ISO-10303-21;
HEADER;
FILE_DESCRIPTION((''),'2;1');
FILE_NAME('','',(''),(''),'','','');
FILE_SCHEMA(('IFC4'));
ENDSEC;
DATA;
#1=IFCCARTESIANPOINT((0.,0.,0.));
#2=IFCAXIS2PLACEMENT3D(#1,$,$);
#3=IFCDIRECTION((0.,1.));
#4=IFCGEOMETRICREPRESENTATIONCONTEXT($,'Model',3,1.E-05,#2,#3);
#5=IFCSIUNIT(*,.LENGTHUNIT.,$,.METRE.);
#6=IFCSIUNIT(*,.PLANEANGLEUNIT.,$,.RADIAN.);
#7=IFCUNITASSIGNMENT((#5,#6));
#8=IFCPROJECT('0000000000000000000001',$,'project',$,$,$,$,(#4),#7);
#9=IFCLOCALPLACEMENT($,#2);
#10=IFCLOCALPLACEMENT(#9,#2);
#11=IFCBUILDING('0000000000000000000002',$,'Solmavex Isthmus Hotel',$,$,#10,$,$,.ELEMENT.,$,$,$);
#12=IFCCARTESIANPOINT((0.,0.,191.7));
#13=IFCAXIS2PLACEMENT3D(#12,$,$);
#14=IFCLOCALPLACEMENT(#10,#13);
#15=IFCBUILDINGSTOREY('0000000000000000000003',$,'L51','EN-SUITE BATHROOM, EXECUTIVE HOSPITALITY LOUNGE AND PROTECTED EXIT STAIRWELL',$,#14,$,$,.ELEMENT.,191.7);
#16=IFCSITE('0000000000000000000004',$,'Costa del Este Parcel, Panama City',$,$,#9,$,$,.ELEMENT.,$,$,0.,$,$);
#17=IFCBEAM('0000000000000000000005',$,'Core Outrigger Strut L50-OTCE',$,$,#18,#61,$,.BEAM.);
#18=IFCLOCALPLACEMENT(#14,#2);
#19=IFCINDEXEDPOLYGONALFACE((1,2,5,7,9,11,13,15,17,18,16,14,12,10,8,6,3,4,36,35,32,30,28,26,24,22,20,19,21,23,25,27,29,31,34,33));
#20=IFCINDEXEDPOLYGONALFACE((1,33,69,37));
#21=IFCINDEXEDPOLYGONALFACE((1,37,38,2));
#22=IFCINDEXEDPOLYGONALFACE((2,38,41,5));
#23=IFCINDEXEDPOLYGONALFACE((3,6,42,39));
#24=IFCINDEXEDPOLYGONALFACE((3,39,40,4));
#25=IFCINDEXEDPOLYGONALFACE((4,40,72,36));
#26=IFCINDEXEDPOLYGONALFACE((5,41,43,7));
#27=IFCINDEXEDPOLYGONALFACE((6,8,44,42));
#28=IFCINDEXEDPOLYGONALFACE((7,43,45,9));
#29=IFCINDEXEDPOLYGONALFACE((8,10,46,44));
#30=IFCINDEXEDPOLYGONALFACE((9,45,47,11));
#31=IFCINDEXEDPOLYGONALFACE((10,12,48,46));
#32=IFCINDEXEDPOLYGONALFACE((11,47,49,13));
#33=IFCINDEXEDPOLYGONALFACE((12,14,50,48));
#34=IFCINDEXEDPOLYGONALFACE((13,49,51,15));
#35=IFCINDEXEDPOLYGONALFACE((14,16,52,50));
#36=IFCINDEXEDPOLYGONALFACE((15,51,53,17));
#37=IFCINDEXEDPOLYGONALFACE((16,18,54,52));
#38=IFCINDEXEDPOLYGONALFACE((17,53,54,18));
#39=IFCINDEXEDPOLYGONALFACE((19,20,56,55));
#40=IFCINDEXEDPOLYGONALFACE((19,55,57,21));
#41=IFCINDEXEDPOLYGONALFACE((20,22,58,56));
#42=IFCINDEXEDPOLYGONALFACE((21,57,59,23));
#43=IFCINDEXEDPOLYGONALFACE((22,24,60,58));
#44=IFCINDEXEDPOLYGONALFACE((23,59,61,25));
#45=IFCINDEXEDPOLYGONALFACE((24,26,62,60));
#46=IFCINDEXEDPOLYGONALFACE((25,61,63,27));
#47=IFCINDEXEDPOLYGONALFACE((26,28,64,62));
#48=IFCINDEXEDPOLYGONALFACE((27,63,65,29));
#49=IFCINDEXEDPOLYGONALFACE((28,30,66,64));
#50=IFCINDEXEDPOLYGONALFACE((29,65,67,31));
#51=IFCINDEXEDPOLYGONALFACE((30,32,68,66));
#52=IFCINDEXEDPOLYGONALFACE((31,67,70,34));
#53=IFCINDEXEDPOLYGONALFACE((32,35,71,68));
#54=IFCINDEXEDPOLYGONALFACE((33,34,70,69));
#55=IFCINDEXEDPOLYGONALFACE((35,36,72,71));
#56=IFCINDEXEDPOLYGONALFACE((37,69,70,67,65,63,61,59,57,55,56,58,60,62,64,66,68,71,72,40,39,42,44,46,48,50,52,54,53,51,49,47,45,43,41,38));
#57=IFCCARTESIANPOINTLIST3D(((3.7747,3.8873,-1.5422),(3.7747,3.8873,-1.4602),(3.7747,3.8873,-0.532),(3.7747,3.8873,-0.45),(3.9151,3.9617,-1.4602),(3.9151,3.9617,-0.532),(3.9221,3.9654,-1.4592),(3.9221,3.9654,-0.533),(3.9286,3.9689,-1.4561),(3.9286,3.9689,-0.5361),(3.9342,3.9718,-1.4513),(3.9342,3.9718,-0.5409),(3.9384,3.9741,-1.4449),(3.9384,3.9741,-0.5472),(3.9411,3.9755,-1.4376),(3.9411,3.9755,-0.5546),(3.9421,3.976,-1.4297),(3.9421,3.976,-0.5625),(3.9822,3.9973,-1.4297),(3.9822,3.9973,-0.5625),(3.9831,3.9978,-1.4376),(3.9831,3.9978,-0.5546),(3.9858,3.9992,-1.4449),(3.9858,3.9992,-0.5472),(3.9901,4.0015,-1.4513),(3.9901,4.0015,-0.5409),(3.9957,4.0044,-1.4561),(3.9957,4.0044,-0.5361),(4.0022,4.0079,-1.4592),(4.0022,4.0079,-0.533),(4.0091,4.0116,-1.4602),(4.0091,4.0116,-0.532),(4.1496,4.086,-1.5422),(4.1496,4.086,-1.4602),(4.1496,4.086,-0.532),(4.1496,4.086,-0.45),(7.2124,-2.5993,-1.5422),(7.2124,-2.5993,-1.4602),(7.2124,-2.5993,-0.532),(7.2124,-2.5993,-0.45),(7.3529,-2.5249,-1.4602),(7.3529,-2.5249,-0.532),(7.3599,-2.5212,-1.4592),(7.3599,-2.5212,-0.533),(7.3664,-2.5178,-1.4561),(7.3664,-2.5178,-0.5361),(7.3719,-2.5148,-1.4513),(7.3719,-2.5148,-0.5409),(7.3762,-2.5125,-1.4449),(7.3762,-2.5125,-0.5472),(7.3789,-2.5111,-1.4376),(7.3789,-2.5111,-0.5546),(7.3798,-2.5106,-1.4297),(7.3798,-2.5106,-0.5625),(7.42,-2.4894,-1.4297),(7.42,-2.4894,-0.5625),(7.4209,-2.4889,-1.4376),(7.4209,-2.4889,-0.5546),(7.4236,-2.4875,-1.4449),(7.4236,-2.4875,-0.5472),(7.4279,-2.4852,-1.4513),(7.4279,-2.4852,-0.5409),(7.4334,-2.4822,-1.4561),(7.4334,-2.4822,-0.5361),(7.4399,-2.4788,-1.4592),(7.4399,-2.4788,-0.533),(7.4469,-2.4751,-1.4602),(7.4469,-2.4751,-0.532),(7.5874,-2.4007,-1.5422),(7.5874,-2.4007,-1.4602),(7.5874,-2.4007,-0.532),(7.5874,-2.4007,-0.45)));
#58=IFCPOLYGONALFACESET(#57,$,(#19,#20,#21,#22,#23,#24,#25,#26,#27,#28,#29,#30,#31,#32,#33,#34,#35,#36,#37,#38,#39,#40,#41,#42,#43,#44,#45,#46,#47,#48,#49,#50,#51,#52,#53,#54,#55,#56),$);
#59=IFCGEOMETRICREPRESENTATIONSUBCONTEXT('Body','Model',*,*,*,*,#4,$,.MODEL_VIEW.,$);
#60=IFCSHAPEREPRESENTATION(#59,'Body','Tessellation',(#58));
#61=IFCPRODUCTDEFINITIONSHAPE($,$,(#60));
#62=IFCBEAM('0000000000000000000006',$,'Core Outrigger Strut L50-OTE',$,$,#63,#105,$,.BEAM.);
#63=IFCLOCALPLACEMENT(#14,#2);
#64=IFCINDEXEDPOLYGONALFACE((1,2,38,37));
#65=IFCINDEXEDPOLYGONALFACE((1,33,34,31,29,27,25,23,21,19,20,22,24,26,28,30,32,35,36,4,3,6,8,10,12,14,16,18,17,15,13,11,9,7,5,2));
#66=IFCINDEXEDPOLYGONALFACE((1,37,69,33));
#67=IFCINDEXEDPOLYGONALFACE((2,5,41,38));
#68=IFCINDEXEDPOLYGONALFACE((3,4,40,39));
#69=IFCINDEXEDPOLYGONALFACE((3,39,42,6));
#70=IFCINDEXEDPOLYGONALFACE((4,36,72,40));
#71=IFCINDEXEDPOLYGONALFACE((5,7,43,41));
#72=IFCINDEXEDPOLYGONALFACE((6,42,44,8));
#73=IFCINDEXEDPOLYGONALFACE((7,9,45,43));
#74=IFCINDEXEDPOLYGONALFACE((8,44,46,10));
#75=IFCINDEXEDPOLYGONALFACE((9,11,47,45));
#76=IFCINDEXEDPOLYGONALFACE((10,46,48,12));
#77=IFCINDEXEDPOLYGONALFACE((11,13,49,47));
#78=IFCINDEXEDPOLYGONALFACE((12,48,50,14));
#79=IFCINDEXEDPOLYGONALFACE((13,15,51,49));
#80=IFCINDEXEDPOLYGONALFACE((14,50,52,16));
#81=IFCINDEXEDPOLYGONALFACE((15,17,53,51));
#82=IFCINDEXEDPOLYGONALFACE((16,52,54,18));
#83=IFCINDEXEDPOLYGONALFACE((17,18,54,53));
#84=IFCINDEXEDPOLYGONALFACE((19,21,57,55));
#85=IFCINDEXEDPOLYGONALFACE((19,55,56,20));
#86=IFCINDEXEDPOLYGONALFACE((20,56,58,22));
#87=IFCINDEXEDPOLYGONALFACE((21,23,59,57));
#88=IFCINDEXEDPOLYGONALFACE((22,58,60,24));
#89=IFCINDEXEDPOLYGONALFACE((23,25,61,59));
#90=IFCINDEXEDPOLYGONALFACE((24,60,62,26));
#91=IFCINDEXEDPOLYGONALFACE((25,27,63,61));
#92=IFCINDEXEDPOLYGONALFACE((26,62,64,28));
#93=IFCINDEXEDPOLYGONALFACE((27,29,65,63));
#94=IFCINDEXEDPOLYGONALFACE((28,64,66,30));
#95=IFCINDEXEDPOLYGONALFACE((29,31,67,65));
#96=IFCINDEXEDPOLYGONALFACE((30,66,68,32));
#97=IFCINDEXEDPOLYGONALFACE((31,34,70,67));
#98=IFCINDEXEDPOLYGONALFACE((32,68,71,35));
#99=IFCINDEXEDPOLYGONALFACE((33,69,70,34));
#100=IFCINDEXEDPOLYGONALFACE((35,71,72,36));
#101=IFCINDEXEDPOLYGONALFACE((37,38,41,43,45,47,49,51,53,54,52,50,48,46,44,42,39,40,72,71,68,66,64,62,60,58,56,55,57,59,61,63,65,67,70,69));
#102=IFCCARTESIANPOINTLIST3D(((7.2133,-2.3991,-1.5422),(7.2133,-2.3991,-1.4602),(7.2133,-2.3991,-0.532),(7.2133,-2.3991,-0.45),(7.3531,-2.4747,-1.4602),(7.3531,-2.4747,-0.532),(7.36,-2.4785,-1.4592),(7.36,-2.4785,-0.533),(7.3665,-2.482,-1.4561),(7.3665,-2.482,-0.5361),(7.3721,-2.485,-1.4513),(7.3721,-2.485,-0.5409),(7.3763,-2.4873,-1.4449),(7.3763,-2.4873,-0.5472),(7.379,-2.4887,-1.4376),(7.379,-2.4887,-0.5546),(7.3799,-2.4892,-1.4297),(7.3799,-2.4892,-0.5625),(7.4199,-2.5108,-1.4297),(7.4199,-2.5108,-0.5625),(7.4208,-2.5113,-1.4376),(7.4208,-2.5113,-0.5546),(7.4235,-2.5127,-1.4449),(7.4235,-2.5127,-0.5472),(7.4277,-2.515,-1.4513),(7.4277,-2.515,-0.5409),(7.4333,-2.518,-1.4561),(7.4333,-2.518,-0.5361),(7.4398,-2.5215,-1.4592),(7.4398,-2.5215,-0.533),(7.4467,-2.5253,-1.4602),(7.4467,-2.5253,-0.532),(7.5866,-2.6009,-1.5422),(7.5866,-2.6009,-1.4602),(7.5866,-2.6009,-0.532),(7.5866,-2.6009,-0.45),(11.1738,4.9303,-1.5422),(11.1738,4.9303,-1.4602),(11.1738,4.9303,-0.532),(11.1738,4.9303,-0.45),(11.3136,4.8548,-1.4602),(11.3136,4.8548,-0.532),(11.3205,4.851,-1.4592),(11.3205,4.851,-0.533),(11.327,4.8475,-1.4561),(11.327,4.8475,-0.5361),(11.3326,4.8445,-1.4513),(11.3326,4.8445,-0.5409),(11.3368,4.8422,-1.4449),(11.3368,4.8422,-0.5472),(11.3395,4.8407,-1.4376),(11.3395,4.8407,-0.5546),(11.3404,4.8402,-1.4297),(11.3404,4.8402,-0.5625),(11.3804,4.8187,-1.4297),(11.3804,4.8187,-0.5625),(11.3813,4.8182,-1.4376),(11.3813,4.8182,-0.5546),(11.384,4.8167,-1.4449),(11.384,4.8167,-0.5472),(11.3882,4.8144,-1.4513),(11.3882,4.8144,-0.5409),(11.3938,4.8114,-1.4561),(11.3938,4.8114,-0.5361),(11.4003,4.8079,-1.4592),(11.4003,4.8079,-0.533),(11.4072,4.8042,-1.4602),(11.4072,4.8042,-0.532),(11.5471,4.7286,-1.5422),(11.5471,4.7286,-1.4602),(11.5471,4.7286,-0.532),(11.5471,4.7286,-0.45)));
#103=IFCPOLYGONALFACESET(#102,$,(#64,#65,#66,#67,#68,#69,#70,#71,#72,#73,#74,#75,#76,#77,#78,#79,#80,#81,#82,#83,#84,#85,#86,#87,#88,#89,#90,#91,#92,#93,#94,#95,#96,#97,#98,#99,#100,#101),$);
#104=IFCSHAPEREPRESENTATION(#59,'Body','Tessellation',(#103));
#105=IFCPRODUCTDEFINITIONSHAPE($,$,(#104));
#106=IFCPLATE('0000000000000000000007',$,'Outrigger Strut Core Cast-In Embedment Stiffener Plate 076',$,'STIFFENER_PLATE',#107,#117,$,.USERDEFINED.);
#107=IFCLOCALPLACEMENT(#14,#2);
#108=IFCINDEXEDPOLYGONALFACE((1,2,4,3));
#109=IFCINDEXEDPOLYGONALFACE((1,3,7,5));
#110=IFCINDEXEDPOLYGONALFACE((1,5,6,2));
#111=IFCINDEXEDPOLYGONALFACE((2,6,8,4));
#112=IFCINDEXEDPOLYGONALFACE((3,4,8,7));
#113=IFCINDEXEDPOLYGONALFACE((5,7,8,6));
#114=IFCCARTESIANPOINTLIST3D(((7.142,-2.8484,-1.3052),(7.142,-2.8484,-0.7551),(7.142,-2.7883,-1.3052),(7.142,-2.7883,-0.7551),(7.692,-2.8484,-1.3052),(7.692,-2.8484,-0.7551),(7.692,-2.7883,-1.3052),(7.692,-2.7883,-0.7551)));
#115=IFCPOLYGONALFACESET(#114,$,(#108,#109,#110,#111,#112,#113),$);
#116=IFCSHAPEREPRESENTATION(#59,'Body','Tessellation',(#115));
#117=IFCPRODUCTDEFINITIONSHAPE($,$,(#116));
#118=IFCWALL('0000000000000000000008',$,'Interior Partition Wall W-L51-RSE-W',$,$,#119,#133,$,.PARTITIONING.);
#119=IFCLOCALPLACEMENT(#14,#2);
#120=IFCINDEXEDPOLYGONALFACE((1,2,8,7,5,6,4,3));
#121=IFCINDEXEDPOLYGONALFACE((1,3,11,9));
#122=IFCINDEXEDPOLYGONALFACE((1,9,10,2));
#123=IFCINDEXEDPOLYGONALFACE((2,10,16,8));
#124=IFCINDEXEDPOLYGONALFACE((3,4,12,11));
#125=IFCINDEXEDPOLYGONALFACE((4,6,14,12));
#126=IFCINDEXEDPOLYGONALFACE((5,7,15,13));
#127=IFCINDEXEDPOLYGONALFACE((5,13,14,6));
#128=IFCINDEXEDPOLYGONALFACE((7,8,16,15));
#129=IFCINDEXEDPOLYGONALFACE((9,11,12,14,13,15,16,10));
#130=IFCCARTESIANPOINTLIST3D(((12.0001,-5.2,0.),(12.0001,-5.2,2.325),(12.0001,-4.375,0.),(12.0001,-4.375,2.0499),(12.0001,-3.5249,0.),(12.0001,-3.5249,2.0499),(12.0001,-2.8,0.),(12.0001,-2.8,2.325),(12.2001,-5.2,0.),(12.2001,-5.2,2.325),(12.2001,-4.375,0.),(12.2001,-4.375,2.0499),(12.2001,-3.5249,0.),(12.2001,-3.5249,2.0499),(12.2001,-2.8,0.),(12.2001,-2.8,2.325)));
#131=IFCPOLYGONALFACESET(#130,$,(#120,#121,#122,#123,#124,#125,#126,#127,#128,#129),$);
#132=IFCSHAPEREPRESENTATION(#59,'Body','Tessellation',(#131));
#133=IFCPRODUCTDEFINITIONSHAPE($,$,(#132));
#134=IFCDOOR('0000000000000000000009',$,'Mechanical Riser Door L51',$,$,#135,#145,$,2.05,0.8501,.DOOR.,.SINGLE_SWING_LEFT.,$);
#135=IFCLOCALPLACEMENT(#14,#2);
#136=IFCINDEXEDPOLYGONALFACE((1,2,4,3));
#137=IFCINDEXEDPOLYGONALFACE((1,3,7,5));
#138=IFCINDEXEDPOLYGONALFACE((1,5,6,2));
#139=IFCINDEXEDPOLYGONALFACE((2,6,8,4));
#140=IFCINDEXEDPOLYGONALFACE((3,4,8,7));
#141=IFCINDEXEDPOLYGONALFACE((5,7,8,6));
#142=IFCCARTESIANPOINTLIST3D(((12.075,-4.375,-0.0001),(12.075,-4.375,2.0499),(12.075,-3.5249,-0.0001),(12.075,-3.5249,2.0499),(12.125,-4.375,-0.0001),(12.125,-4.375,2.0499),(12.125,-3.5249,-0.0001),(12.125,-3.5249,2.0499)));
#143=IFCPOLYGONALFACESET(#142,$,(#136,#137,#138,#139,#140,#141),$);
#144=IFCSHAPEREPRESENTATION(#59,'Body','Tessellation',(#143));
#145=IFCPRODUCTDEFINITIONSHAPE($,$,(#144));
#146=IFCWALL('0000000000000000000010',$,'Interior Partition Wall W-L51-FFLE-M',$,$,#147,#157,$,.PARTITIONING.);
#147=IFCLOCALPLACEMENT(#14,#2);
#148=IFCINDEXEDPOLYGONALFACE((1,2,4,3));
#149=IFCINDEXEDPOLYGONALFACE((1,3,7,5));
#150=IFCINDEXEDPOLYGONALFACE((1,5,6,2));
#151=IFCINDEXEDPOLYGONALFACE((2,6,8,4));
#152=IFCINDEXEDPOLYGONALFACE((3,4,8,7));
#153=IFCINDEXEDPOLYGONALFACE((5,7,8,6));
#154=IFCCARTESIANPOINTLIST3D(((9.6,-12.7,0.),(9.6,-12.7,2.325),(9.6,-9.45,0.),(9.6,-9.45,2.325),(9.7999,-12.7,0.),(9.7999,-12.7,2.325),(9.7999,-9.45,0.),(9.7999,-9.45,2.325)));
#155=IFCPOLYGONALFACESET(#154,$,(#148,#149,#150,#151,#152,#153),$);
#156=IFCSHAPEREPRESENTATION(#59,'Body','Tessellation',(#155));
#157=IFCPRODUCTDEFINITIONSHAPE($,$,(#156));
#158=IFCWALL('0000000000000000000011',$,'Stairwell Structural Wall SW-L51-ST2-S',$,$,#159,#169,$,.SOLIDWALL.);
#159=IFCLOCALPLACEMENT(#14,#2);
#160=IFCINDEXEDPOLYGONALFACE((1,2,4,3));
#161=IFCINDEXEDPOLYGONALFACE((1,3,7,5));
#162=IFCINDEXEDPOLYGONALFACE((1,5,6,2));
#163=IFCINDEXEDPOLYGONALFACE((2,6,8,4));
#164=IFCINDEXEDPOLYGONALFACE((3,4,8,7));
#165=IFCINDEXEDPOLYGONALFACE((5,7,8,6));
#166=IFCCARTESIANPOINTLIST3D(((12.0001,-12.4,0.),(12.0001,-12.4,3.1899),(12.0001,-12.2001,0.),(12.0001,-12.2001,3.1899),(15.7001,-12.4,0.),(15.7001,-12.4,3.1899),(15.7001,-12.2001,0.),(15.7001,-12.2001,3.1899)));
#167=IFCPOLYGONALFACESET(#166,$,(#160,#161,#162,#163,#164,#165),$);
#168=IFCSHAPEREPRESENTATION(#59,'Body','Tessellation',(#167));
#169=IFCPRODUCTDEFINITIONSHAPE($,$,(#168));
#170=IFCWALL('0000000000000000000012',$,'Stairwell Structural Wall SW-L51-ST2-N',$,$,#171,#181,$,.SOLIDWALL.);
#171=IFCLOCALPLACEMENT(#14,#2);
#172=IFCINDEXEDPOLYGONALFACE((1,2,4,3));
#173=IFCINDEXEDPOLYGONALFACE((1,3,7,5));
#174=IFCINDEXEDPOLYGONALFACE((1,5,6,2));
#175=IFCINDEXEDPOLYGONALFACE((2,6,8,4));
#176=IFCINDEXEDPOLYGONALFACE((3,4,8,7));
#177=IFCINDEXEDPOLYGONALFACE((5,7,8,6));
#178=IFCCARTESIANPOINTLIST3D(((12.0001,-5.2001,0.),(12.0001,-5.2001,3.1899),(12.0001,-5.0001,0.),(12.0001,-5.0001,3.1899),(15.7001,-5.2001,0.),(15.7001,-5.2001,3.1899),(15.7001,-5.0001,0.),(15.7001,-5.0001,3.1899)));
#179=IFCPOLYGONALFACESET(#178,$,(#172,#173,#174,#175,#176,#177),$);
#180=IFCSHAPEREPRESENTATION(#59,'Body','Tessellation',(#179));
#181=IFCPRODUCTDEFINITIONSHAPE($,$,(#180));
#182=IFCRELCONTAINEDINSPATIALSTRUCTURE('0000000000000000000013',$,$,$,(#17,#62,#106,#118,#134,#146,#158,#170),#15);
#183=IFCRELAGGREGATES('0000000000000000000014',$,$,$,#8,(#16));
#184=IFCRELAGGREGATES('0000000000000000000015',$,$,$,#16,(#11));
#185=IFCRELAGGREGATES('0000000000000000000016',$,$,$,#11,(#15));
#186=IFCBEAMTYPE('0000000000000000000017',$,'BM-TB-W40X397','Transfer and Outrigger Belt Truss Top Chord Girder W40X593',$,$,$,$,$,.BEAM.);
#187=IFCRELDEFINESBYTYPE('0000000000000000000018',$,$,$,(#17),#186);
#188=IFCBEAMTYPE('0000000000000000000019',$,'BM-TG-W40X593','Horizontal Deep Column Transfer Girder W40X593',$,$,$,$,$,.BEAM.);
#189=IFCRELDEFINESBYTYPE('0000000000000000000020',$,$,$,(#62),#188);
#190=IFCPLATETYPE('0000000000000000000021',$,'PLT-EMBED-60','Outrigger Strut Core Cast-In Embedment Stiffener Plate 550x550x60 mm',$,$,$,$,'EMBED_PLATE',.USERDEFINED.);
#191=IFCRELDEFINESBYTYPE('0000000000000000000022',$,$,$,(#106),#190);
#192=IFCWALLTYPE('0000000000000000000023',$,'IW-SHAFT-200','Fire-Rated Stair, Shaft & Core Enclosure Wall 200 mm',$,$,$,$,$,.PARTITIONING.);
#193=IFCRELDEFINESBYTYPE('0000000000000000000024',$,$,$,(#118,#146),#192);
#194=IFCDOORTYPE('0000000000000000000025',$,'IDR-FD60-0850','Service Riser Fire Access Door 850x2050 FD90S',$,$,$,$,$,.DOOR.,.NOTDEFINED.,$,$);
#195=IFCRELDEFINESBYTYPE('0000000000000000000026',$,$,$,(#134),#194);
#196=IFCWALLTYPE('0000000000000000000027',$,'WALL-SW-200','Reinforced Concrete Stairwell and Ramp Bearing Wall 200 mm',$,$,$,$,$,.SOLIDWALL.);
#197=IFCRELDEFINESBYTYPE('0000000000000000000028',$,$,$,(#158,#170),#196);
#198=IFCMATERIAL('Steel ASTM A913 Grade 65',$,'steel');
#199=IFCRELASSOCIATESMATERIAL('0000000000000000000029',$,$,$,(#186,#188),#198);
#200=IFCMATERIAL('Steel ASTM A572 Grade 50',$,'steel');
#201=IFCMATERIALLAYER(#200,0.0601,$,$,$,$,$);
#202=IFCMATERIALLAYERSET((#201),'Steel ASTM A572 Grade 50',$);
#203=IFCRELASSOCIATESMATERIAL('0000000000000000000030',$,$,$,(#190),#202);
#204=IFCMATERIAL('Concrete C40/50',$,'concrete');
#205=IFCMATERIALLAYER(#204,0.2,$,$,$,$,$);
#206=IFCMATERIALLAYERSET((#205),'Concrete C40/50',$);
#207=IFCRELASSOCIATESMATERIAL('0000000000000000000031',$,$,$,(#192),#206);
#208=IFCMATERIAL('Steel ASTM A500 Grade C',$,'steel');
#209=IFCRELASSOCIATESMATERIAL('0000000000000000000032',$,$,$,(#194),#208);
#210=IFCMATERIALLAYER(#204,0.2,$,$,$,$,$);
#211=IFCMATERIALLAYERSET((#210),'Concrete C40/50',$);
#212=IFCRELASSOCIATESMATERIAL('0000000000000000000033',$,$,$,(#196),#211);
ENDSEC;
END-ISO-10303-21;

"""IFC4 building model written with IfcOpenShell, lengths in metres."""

from ifc_helpers import new_model, si_unit, direction, frame, frame_2d, origin, origin_2d, place, context, subcontext, project, spatial, rectangle, i_section, extrude, material, layer, layer_set, material_profile, profile_set, type_object, element, fill, save


model = new_model("IFC4")

# Units and contexts
model_context = context("Model", 3, precision=1e-05, world=origin(), true_north=direction((0.0, 1.0)))
body_context = subcontext(model_context, "Body", "Model", "MODEL_VIEW")
ifc_project = project(units=[si_unit("LENGTHUNIT", "METRE"), si_unit("PLANEANGLEUNIT", "RADIAN")], contexts=[model_context])

# Site, building, storey
site_placement = place(None, origin())
site = spatial("IfcSite", under=ifc_project, at=site_placement, Name="Costa del Este Parcel, Panama City", CompositionType="ELEMENT", RefElevation=0.0)
building_placement = place(site_placement, origin())
building = spatial("IfcBuilding", under=site, at=building_placement, Name="Solmavex Isthmus Hotel", CompositionType="ELEMENT")
storey_placement = place(building_placement, frame((0.0, 0.0, 191.7)))
storey = spatial("IfcBuildingStorey", under=building, at=storey_placement, Name="L51", Description="EN-SUITE BATHROOM, EXECUTIVE HOSPITALITY LOUNGE AND PROTECTED EXIT STAIRWELL", CompositionType="ELEMENT", Elevation=191.7)

# Beams
ifc_material_1 = material(Name="Steel ASTM A913 Grade 65", Category="steel")
ifc_material_profile_1 = material_profile(ifc_material_1, i_section(OverallWidth=0.4243, OverallDepth=1.0923, WebThickness=0.0454, FlangeThickness=0.082, FilletRadius=0.0305, at=origin_2d()), Name="W40X593")
ifc_profile_set_1 = profile_set([ifc_material_profile_1], Name="Steel ASTM A913 Grade 65")
beam_type_1 = type_object("IfcBeamType", Name="BM-TB-W40X397", Description="Transfer and Outrigger Belt Truss Top Chord Girder W40X593", PredefinedType="BEAM", material=ifc_profile_set_1)
beam_1_placement = place(storey_placement, frame((7.3999, -2.5, -0.9961), z_axis=(-0.468279, 0.883581, 0.0), x_axis=(-0.883581, -0.468279, 0.0)))
element("IfcBeam", 1, at=beam_1_placement, inside=storey, type_object=beam_type_1, Name="Core Outrigger Strut L50-OTCE", PredefinedType="BEAM", context=body_context, shape_type="SweptSolid", body=[
    extrude(i_section(OverallWidth=0.4243, OverallDepth=1.0923, WebThickness=0.0454, FlangeThickness=0.082, FilletRadius=0.0305, at=origin_2d()), origin(), (0.0, 0.0, 1.0), 7.3413),
])
ifc_material_profile_2 = material_profile(ifc_material_1, i_section(OverallWidth=0.4243, OverallDepth=1.0923, WebThickness=0.0454, FlangeThickness=0.082, FilletRadius=0.0305, at=origin_2d()), Name="W40X593")
ifc_profile_set_2 = profile_set([ifc_material_profile_2], Name="Steel ASTM A913 Grade 65")
beam_type_2 = type_object("IfcBeamType", Name="BM-TG-W40X593", Description="Horizontal Deep Column Transfer Girder W40X593", PredefinedType="BEAM", material=ifc_profile_set_2)
beam_2_placement = place(storey_placement, frame((7.3999, -2.5, -0.9961), z_axis=(0.475391, 0.879775, 0.0), x_axis=(-0.879775, 0.475391, 0.0)))
element("IfcBeam", 2, at=beam_2_placement, inside=storey, type_object=beam_type_2, Name="Core Outrigger Strut L50-OTE", PredefinedType="BEAM", context=body_context, shape_type="SweptSolid", body=[
    extrude(i_section(OverallWidth=0.4243, OverallDepth=1.0923, WebThickness=0.0454, FlangeThickness=0.082, FilletRadius=0.0305, at=origin_2d()), origin(), (0.0, 0.0, 1.0), 8.3311),
])

# Plate
ifc_material_2 = material(Name="Steel ASTM A572 Grade 50", Category="steel")
ifc_layer_1 = layer(ifc_material_2, 0.0601)
ifc_layer_set_1 = layer_set([ifc_layer_1], Name="Steel ASTM A572 Grade 50")
plate_type = type_object("IfcPlateType", Name="PLT-EMBED-60", Description="Outrigger Strut Core Cast-In Embedment Stiffener Plate 550x550x60 mm", ElementType="EMBED_PLATE", PredefinedType="USERDEFINED", material=ifc_layer_set_1)
plate_placement = place(storey_placement, frame((7.417, -2.8184, -1.3052), z_axis=(0.0, 0.0, 1.0), x_axis=(1.0, 0.0, 0.0)))
element("IfcPlate", 3, at=plate_placement, inside=storey, type_object=plate_type, Name="Outrigger Strut Core Cast-In Embedment Stiffener Plate 076", ObjectType="STIFFENER_PLATE", PredefinedType="USERDEFINED", context=body_context, shape_type="SweptSolid", body=[
    extrude(rectangle(XDim=0.55, YDim=0.0601, at=origin_2d()), origin(), (0.0, 0.0, 1.0), 0.55),
])

# Wall, opening, door
ifc_material_3 = material(Name="Concrete C40/50", Category="concrete")
ifc_layer_2 = layer(ifc_material_3, 0.2)
ifc_layer_set_2 = layer_set([ifc_layer_2], Name="Concrete C40/50")
wall_type_1 = type_object("IfcWallType", Name="IW-SHAFT-200", Description="Fire-Rated Stair, Shaft & Core Enclosure Wall 200 mm", PredefinedType="PARTITIONING", material=ifc_layer_set_2)
wall_1_placement = place(storey_placement, frame((12.1001, -5.2, 0.0), z_axis=(0.0, 0.0, 1.0), x_axis=(0.0, 1.0, 0.0)))
wall_1 = element("IfcWall", 4, at=wall_1_placement, inside=storey, type_object=wall_type_1, Name="Interior Partition Wall W-L51-RSE-W", PredefinedType="PARTITIONING", context=body_context, shape_type="SweptSolid", body=[
    extrude(rectangle(XDim=2.3999, YDim=0.2, at=frame_2d((1.2, 0.0))), origin(), (0.0, 0.0, 1.0), 2.325),
])
opening_1_placement = place(wall_1_placement, frame((0.825, 0.0, 0.0)))
opening_1 = element("IfcOpeningElement", 5, at=opening_1_placement, cuts=wall_1, PredefinedType="OPENING", context=body_context, shape_type="SweptSolid", body=[
    extrude(rectangle(XDim=0.8501, YDim=2.05, at=frame_2d((0.425, 1.0249))), frame((0.0, 0.1099, 0.0), z_axis=(0.0, -1.0, 0.0), x_axis=(1.0, 0.0, 0.0)), (0.0, 0.0, 1.0), 0.22),
])
ifc_material_4 = material(Name="Steel ASTM A500 Grade C", Category="steel")
door_type_1 = type_object("IfcDoorType", Name="IDR-FD60-0850", Description="Service Riser Fire Access Door 850x2050 FD90S", OperationType="NOTDEFINED", PredefinedType="DOOR", material=ifc_material_4)
door_1_placement = place(opening_1_placement, frame((0.8501, 0.0, 0.0), z_axis=(0.0, 0.0, 1.0), x_axis=(-1.0, 0.0, 0.0)))
door_1 = element("IfcDoor", 6, at=door_1_placement, inside=storey, type_object=door_type_1, Name="Mechanical Riser Door L51", OperationType="SINGLE_SWING_LEFT", OverallHeight=2.05, OverallWidth=0.8501, PredefinedType="DOOR", context=body_context, shape_type="SweptSolid", body=[
    extrude(rectangle(XDim=0.8501, YDim=2.05, at=frame_2d((0.425, 1.0249))), frame((0.0, 0.0249, 0.0), z_axis=(0.0, -1.0, 0.0), x_axis=(1.0, 0.0, 0.0)), (0.0, 0.0, 1.0), 0.05),
])
fill(opening_1, door_1)

# Walls
wall_2_placement = place(storey_placement, frame((9.7, -12.7, 0.0), z_axis=(0.0, 0.0, 1.0), x_axis=(0.0, 1.0, 0.0)))
element("IfcWall", 7, at=wall_2_placement, inside=storey, type_object=wall_type_1, Name="Interior Partition Wall W-L51-FFLE-M", PredefinedType="PARTITIONING", context=body_context, shape_type="SweptSolid", body=[
    extrude(rectangle(XDim=3.25, YDim=0.2, at=frame_2d((1.625, 0.0))), origin(), (0.0, 0.0, 1.0), 2.325),
])
ifc_layer_3 = layer(ifc_material_3, 0.2)
ifc_layer_set_3 = layer_set([ifc_layer_3], Name="Concrete C40/50")
wall_type_2 = type_object("IfcWallType", Name="WALL-SW-200", Description="Reinforced Concrete Stairwell and Ramp Bearing Wall 200 mm", PredefinedType="SOLIDWALL", material=ifc_layer_set_3)
for number, where, z_axis, x_axis, name in (
    (8, (12.0, -12.3, 0.0), (0.0, 0.0, 1.0), (1.0, 0.0, 0.0), "Stairwell Structural Wall SW-L51-ST2-S"),
    (9, (12.0, -5.1001, 0.0), (0.0, 0.0, 1.0), (1.0, 0.0, 0.0), "Stairwell Structural Wall SW-L51-ST2-N"),
):
    element("IfcWall", number, at=place(storey_placement, frame(where, z_axis=z_axis, x_axis=x_axis)), inside=storey, type_object=wall_type_2, Name=name, PredefinedType="SOLIDWALL", context=body_context, shape_type="SweptSolid", body=[
        extrude(rectangle(XDim=3.7, YDim=0.2, at=frame_2d((1.8501, 0.0))), origin(), (0.0, 0.0, 1.0), 3.1899),
    ])

save(model, "model.ifc")
